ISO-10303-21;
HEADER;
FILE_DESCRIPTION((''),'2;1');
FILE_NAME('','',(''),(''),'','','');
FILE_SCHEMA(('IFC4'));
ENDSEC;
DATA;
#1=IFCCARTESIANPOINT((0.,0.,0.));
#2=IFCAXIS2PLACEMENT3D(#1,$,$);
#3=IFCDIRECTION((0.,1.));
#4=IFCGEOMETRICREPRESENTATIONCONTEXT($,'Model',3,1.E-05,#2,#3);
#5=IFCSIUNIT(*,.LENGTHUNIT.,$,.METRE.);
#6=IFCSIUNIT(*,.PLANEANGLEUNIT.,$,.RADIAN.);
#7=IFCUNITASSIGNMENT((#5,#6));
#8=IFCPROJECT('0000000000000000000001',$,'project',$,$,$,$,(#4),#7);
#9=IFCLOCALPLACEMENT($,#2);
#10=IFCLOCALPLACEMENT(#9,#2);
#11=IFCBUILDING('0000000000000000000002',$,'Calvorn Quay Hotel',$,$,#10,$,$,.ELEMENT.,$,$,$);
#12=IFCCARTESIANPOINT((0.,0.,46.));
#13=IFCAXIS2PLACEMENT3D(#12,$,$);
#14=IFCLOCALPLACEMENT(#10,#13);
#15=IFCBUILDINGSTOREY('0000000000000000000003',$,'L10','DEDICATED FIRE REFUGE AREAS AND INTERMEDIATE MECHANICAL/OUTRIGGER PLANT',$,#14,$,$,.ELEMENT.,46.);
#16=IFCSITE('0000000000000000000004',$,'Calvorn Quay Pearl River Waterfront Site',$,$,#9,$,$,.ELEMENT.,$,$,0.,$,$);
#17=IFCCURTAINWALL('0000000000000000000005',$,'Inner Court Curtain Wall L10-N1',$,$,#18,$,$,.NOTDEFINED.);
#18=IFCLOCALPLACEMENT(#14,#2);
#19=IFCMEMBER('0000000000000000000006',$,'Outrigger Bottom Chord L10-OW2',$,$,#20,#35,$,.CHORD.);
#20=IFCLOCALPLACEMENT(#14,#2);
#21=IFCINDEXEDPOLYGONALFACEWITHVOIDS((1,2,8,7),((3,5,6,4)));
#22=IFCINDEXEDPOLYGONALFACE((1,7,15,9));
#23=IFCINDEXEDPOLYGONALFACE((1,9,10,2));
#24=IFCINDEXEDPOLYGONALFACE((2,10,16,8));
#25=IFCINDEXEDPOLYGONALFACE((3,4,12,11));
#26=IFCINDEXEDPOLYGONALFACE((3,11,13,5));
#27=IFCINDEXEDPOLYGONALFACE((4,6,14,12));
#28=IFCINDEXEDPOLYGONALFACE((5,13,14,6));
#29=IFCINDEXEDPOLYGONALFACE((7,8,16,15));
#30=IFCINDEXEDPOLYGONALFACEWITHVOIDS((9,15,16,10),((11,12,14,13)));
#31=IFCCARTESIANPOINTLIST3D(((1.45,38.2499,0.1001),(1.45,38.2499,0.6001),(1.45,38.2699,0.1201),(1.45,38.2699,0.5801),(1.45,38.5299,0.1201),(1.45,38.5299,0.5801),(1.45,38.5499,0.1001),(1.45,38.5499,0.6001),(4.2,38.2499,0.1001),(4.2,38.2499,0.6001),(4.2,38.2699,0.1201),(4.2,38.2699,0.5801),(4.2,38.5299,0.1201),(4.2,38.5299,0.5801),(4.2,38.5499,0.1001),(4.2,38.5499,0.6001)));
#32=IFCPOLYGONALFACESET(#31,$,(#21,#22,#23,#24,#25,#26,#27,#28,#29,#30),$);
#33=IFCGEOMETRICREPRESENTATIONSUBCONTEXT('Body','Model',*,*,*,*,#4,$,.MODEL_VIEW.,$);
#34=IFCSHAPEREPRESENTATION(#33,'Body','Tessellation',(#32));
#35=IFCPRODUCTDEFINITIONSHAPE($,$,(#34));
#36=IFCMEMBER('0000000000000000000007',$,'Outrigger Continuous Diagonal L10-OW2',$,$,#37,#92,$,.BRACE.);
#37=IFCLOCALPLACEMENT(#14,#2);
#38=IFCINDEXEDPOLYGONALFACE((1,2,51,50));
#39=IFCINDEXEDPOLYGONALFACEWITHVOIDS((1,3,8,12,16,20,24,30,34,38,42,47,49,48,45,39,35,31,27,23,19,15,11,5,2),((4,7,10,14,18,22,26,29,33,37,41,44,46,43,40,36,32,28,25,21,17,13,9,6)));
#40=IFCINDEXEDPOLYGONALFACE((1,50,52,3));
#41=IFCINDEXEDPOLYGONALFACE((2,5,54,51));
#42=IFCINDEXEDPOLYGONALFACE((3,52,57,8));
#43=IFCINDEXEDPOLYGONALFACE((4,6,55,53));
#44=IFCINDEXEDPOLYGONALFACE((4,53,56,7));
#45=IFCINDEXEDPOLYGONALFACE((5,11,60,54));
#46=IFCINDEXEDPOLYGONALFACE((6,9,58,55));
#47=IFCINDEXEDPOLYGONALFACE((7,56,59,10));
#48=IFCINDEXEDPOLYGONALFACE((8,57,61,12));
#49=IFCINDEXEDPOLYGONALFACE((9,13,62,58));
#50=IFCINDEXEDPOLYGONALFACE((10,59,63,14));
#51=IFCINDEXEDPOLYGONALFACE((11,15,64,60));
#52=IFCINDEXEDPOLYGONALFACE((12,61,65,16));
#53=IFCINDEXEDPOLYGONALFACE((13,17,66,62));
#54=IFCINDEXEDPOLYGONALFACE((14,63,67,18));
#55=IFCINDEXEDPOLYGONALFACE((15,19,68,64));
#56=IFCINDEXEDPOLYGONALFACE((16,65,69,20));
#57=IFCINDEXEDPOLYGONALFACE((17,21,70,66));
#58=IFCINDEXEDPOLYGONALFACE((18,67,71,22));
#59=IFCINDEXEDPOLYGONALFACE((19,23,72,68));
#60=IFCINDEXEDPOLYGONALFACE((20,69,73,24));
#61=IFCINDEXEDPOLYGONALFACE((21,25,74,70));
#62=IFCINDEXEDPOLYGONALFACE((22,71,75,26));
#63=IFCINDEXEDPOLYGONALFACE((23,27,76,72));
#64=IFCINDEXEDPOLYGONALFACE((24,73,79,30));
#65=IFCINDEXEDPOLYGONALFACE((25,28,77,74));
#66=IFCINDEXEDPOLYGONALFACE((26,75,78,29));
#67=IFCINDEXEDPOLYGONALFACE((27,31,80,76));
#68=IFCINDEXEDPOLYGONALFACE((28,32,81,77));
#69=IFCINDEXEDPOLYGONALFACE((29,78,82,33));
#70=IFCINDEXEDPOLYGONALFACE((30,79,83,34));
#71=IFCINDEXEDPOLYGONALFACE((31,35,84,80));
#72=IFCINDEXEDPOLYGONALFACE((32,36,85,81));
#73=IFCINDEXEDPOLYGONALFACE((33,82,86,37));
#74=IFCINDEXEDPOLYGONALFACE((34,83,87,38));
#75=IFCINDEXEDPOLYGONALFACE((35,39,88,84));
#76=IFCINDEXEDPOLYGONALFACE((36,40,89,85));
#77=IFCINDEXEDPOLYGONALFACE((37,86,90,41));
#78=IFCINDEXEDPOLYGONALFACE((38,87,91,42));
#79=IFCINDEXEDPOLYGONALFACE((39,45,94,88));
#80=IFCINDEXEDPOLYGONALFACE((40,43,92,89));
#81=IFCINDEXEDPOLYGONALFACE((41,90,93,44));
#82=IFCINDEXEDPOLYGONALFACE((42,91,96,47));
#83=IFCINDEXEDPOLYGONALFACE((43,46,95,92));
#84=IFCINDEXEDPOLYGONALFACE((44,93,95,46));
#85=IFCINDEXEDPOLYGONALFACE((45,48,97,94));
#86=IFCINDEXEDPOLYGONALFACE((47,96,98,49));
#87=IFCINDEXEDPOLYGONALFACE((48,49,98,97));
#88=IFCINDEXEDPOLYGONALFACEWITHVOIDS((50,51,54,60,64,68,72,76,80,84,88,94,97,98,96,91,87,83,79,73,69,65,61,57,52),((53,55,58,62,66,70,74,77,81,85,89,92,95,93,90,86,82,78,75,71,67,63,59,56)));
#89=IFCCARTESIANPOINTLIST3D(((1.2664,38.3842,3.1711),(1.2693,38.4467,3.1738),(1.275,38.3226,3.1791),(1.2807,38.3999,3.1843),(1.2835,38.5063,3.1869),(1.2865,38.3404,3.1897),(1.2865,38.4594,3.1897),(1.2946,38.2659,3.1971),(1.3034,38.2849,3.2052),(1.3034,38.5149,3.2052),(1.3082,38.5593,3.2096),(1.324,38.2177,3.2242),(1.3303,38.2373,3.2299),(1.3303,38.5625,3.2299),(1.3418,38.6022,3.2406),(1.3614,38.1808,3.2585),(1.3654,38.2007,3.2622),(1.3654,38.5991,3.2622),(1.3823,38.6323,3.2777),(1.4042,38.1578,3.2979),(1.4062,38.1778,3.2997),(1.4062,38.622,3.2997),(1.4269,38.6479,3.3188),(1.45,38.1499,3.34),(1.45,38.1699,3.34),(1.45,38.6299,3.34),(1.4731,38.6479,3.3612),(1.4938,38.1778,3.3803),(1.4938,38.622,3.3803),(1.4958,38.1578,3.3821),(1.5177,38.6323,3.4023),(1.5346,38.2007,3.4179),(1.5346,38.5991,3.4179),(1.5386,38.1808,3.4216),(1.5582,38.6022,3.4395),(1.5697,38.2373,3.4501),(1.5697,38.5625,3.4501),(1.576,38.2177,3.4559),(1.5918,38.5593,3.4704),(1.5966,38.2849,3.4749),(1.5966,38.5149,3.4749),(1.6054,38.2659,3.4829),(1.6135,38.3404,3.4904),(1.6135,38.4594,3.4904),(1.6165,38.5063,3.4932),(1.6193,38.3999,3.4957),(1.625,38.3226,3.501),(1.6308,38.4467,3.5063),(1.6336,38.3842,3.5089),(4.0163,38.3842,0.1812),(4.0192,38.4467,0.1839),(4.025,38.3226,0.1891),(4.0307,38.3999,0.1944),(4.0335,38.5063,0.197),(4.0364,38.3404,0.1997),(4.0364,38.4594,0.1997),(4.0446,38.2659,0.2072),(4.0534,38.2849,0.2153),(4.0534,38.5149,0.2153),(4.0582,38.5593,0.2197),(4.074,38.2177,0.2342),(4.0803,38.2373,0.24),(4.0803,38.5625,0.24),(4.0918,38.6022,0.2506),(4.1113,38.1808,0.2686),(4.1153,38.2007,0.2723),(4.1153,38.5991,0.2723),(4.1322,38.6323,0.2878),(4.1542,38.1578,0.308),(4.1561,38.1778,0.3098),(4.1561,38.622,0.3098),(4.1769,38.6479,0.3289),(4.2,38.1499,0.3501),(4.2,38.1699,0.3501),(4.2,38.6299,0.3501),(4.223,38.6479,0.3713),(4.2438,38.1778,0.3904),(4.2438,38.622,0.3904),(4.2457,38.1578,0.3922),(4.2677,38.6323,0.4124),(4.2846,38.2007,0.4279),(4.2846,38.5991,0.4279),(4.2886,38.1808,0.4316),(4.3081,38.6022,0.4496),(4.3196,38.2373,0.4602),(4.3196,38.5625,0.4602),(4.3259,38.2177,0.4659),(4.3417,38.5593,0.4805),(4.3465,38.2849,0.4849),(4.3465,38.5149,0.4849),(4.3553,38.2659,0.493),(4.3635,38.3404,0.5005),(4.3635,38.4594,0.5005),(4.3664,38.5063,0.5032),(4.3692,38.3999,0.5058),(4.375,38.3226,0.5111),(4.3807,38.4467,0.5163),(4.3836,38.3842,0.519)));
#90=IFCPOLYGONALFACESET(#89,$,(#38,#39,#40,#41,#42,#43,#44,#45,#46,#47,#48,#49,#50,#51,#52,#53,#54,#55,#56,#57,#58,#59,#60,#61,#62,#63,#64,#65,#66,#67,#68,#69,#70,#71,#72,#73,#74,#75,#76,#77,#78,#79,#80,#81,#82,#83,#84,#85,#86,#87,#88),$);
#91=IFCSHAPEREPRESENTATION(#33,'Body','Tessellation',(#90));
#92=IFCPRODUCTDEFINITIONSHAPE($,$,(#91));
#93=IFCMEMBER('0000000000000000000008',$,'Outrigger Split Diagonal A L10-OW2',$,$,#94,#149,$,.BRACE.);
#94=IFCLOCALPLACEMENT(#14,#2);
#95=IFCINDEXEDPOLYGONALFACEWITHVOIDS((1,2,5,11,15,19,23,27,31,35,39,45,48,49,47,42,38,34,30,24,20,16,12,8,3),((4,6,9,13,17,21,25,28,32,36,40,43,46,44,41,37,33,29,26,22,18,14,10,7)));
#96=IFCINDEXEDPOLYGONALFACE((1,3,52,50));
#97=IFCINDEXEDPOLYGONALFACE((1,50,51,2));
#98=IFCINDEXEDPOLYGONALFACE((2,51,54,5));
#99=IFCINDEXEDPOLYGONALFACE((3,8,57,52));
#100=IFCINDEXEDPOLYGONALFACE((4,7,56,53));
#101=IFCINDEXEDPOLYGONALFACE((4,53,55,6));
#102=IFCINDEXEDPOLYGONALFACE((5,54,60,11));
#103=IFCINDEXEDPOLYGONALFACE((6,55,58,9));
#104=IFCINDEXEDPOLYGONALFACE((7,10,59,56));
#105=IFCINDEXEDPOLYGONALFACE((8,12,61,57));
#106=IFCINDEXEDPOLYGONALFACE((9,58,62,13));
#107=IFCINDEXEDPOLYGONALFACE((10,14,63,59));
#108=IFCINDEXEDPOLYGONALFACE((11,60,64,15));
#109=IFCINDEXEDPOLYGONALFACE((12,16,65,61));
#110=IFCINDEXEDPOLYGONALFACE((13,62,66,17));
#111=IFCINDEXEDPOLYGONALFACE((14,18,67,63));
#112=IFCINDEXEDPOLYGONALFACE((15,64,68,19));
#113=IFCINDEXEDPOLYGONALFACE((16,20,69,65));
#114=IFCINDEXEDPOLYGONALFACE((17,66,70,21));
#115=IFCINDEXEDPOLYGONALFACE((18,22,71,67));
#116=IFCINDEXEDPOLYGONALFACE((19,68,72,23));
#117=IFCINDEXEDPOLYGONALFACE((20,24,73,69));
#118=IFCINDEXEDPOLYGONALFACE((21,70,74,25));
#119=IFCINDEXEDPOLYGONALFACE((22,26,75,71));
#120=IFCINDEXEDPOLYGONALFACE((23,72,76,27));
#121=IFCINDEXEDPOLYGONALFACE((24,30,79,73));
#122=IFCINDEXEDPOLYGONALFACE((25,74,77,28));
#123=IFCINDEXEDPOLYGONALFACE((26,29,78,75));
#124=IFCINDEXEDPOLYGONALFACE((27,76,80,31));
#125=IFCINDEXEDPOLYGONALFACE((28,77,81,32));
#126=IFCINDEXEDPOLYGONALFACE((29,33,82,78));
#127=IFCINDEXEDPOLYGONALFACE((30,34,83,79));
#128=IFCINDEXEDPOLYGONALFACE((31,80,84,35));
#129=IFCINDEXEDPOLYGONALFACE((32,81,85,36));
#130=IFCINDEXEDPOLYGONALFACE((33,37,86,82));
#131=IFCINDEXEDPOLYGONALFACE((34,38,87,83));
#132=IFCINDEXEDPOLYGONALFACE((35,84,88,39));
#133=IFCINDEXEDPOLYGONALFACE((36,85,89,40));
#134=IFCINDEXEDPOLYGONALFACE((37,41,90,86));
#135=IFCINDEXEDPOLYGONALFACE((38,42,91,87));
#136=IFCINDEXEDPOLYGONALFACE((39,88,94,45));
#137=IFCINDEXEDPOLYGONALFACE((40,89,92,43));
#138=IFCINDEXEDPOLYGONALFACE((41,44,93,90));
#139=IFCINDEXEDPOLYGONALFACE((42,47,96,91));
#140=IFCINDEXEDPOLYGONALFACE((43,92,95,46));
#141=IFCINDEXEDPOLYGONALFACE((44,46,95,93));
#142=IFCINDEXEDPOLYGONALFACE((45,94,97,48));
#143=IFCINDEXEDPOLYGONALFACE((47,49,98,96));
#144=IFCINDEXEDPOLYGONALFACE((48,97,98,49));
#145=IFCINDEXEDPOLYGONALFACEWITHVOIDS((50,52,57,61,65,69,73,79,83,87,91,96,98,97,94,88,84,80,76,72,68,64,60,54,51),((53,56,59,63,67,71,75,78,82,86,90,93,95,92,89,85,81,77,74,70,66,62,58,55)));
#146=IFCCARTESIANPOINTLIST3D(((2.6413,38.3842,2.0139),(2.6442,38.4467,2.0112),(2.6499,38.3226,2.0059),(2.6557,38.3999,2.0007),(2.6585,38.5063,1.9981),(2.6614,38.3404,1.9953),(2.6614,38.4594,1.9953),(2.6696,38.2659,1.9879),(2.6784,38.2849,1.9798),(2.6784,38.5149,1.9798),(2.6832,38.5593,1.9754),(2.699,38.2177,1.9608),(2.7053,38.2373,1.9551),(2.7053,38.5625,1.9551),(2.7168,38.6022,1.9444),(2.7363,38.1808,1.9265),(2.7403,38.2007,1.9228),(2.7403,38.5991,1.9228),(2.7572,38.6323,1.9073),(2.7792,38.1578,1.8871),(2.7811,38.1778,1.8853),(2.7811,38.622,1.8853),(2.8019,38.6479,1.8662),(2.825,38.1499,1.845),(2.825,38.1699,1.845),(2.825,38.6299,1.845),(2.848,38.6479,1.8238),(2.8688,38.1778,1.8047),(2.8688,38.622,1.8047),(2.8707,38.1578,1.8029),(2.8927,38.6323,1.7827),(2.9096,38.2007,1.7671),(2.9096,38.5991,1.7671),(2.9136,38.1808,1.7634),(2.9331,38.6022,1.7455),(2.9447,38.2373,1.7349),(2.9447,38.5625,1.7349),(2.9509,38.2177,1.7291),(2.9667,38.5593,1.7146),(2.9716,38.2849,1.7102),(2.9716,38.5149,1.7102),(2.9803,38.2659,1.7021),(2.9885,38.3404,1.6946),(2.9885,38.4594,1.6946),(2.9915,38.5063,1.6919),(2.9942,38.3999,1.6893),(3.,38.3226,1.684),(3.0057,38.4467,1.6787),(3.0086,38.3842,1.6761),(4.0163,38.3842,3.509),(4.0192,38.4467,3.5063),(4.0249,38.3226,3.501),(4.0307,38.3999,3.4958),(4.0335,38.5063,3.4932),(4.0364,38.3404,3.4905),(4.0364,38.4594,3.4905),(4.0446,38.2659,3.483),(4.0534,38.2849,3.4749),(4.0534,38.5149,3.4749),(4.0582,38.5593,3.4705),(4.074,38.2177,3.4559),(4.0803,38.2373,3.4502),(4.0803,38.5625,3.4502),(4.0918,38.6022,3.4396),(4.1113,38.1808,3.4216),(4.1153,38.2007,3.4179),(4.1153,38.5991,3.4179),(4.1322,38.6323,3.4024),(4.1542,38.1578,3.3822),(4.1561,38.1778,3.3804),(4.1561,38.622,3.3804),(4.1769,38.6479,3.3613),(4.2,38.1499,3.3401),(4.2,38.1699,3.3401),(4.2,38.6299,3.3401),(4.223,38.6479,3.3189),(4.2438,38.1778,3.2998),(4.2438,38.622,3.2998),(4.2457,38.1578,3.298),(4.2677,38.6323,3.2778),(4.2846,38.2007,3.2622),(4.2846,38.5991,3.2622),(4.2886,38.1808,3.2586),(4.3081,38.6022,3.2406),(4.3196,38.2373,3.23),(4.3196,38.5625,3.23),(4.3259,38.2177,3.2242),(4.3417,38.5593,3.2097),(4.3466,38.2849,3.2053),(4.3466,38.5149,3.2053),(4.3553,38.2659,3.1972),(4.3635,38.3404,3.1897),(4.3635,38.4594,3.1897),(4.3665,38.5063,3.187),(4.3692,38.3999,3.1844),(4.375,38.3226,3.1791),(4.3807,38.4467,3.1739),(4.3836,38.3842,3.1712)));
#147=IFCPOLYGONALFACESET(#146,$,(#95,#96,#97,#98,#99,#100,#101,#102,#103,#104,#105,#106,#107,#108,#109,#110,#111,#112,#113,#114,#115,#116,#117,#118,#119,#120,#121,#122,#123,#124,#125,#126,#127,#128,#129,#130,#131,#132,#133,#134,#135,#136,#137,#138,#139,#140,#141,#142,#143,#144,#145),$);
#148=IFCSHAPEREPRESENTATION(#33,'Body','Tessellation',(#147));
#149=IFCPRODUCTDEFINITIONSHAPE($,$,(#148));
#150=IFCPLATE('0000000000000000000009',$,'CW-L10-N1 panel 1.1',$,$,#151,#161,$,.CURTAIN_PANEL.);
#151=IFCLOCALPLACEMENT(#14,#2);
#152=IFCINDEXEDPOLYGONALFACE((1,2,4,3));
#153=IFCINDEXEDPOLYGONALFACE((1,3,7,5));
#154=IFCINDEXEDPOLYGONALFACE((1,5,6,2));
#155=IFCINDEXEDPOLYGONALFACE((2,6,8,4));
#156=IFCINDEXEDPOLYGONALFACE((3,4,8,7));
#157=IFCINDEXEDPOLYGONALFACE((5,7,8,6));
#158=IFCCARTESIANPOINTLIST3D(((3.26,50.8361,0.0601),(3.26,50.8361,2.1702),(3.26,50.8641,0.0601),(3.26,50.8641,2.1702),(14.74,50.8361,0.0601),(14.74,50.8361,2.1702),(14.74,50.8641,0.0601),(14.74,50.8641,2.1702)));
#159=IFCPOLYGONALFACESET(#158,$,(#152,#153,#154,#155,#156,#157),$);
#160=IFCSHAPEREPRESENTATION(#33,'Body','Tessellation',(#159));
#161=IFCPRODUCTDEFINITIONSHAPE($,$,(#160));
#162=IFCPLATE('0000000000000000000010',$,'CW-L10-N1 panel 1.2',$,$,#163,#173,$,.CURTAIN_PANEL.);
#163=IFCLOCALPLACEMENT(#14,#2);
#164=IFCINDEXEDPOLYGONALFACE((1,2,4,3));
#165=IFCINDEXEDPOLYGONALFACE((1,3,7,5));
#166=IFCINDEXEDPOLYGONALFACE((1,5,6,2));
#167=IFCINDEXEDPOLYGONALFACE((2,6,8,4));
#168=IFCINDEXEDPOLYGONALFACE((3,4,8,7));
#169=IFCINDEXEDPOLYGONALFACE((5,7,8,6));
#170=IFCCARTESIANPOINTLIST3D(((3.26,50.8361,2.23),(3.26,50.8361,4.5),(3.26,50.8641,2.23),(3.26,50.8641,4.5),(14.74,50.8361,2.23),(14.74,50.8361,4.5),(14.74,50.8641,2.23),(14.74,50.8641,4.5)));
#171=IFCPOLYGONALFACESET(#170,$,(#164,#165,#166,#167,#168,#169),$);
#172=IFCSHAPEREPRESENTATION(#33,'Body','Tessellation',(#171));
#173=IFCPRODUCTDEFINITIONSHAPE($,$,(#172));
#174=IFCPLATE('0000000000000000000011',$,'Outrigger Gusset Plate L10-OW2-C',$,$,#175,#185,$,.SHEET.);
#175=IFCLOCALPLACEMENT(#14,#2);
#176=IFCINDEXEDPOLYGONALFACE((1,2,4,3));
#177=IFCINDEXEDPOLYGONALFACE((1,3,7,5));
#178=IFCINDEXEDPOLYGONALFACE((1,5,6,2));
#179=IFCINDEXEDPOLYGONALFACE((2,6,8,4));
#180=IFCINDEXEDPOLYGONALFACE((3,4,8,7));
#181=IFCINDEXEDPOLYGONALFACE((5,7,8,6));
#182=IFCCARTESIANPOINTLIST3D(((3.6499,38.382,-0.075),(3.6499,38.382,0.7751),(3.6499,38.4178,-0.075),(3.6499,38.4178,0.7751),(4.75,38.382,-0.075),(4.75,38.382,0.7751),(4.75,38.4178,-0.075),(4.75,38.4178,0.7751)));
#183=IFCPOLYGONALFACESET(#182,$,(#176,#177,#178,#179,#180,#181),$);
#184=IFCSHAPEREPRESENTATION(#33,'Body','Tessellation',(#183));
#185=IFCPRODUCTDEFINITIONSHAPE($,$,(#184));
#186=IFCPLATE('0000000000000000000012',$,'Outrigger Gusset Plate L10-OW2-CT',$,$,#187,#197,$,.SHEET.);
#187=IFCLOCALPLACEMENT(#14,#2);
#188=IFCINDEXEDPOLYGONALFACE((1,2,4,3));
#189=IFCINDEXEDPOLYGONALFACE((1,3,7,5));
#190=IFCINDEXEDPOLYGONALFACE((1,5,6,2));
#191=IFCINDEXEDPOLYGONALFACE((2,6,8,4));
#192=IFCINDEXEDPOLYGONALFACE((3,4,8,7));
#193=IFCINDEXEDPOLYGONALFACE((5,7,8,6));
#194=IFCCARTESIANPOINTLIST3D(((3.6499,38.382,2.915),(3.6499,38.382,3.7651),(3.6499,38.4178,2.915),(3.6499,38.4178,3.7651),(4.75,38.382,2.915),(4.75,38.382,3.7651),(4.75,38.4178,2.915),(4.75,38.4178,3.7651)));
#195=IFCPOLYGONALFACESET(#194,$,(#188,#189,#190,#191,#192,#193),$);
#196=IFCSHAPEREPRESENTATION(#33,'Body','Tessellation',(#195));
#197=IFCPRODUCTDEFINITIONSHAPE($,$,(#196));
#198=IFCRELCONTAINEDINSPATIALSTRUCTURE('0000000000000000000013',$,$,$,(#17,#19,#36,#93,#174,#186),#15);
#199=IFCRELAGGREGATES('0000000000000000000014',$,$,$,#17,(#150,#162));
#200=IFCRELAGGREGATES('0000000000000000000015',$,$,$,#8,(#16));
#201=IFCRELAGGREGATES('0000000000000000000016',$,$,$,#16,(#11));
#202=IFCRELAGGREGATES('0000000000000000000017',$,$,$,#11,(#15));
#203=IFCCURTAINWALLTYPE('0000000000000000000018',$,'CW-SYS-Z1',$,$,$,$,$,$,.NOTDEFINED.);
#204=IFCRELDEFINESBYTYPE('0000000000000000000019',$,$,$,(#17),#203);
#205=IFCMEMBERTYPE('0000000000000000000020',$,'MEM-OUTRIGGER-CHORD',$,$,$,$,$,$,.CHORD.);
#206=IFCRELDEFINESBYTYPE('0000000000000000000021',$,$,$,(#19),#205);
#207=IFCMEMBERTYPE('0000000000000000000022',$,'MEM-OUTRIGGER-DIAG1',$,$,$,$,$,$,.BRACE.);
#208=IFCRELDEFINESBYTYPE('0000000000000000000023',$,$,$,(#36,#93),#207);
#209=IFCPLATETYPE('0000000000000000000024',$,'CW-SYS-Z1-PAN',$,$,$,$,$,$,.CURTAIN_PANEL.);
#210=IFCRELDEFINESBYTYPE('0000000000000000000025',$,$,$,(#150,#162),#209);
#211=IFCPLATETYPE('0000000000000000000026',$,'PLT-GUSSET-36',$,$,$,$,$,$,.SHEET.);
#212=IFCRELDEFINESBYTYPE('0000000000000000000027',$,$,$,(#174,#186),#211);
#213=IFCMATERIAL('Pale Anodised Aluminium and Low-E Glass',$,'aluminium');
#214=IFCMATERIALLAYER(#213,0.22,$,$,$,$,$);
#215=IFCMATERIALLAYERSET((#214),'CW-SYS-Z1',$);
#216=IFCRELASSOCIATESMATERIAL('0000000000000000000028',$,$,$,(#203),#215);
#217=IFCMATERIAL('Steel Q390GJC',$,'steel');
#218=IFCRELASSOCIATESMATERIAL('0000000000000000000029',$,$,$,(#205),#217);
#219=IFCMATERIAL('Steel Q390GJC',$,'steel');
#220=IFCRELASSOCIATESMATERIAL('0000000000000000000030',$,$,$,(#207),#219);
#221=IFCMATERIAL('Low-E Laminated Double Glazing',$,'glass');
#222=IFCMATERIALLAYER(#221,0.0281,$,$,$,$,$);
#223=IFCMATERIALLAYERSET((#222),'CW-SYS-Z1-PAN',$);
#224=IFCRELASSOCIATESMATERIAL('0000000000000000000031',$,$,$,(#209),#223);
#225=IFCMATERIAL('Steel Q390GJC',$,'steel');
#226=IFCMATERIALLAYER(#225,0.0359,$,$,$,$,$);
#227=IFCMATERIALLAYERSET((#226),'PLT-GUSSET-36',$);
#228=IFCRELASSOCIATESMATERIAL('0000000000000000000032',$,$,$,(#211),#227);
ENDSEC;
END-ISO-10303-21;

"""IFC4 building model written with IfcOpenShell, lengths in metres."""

from ifc_helpers import new_model, si_unit, direction, frame, origin, origin_2d, place, context, subcontext, project, spatial, rectangle, hollow_rectangle, hollow_circle, extrude, material, layer, layer_set, material_profile, profile_set, type_object, element, aggregate, save


model = new_model("IFC4")

# Units and contexts
model_context = context("Model", 3, precision=1e-05, world=origin(), true_north=direction((0.0, 1.0)))
body_context = subcontext(model_context, "Body", "Model", "MODEL_VIEW")
ifc_project = project(units=[si_unit("LENGTHUNIT", "METRE"), si_unit("PLANEANGLEUNIT", "RADIAN")], contexts=[model_context])

# Site, building, storey
site_placement = place(None, origin())
site = spatial("IfcSite", under=ifc_project, at=site_placement, Name="Calvorn Quay Pearl River Waterfront Site", CompositionType="ELEMENT", RefElevation=0.0)
building_placement = place(site_placement, origin())
building = spatial("IfcBuilding", under=site, at=building_placement, Name="Calvorn Quay Hotel", CompositionType="ELEMENT")
storey_placement = place(building_placement, frame((0.0, 0.0, 46.0)))
storey = spatial("IfcBuildingStorey", under=building, at=storey_placement, Name="L10", Description="DEDICATED FIRE REFUGE AREAS AND INTERMEDIATE MECHANICAL/OUTRIGGER PLANT", CompositionType="ELEMENT", Elevation=46.0)

# Curtain wall
ifc_material_1 = material(Name="Pale Anodised Aluminium and Low-E Glass", Category="aluminium")
ifc_layer_1 = layer(ifc_material_1, 0.22)
ifc_layer_set_1 = layer_set([ifc_layer_1], Name="CW-SYS-Z1")
curtain_wall_type = type_object("IfcCurtainWallType", Name="CW-SYS-Z1", PredefinedType="NOTDEFINED", material=ifc_layer_set_1)
curtain_wall_placement = place(storey_placement, origin())
curtain_wall = element("IfcCurtainWall", 1, at=curtain_wall_placement, inside=storey, type_object=curtain_wall_type, Name="Inner Court Curtain Wall L10-N1", PredefinedType="NOTDEFINED")

# Members
ifc_material_2 = material(Name="Steel Q390GJC", Category="steel")
ifc_material_profile_1 = material_profile(ifc_material_2, hollow_rectangle(XDim=0.3, YDim=0.5, WallThickness=0.02, at=origin_2d()), Name="RHS500x300x20")
ifc_profile_set_1 = profile_set([ifc_material_profile_1], Name="Steel Q390GJC")
member_type_1 = type_object("IfcMemberType", Name="MEM-OUTRIGGER-CHORD", PredefinedType="CHORD", material=ifc_profile_set_1)
member_1_placement = place(storey_placement, frame((4.2, 38.3999, 0.3501), z_axis=(-1.0, 0.0, 0.0), x_axis=(0.0, -1.0, 0.0)))
element("IfcMember", 2, at=member_1_placement, inside=storey, type_object=member_type_1, Name="Outrigger Bottom Chord L10-OW2", PredefinedType="CHORD", context=body_context, shape_type="SweptSolid", body=[
    extrude(hollow_rectangle(XDim=0.3, YDim=0.5, WallThickness=0.02, at=origin_2d()), origin(), (0.0, 0.0, 1.0), 2.75),
])
ifc_material_3 = material(Name="Steel Q390GJC", Category="steel")
ifc_material_profile_2 = material_profile(ifc_material_3, hollow_circle(Radius=0.25, WallThickness=0.02, at=origin_2d()), Name="CHS500x20")
ifc_profile_set_2 = profile_set([ifc_material_profile_2], Name="Steel Q390GJC")
member_type_2 = type_object("IfcMemberType", Name="MEM-OUTRIGGER-DIAG1", PredefinedType="BRACE", material=ifc_profile_set_2)
member_2_placement = place(storey_placement, frame((4.2, 38.3999, 0.3501), z_axis=(-0.676951, 0.0, 0.736028), x_axis=(0.0, -1.0, 0.0)))
element("IfcMember", 3, at=member_2_placement, inside=storey, type_object=member_type_2, Name="Outrigger Continuous Diagonal L10-OW2", PredefinedType="BRACE", context=body_context, shape_type="SweptSolid", body=[
    extrude(hollow_circle(Radius=0.25, WallThickness=0.02, at=origin_2d()), origin(), (0.0, 0.0, 1.0), 4.0623),
])
member_3_placement = place(storey_placement, frame((4.2, 38.3999, 3.3401), z_axis=(-0.676921, 0.0, -0.736056), x_axis=(0.0, -1.0, 0.0)))
element("IfcMember", 4, at=member_3_placement, inside=storey, type_object=member_type_2, Name="Outrigger Split Diagonal A L10-OW2", PredefinedType="BRACE", context=body_context, shape_type="SweptSolid", body=[
    extrude(hollow_circle(Radius=0.25, WallThickness=0.02, at=origin_2d()), origin(), (0.0, 0.0, 1.0), 2.0312),
])

# Plates
ifc_material_4 = material(Name="Low-E Laminated Double Glazing", Category="glass")
ifc_layer_2 = layer(ifc_material_4, 0.0281)
ifc_layer_set_2 = layer_set([ifc_layer_2], Name="CW-SYS-Z1-PAN")
plate_type_1 = type_object("IfcPlateType", Name="CW-SYS-Z1-PAN", PredefinedType="CURTAIN_PANEL", material=ifc_layer_set_2)
plate_1_placement = place(storey_placement, frame((9.0, 50.8501, 0.0601), z_axis=(0.0, 0.0, 1.0), x_axis=(-1.0, 0.0, 0.0)))
plate_1 = element("IfcPlate", 5, at=plate_1_placement, type_object=plate_type_1, Name="CW-L10-N1 panel 1.1", PredefinedType="CURTAIN_PANEL", context=body_context, shape_type="SweptSolid", body=[
    extrude(rectangle(XDim=11.48, YDim=0.0281, at=origin_2d()), origin(), (0.0, 0.0, 1.0), 2.1101),
])
plate_2_placement = place(storey_placement, frame((9.0, 50.8501, 2.23), z_axis=(0.0, 0.0, 1.0), x_axis=(-1.0, 0.0, 0.0)))
plate_2 = element("IfcPlate", 6, at=plate_2_placement, type_object=plate_type_1, Name="CW-L10-N1 panel 1.2", PredefinedType="CURTAIN_PANEL", context=body_context, shape_type="SweptSolid", body=[
    extrude(rectangle(XDim=11.48, YDim=0.0281, at=origin_2d()), origin(), (0.0, 0.0, 1.0), 2.27),
])
aggregate(curtain_wall, [plate_1, plate_2])

# Plates
ifc_material_5 = material(Name="Steel Q390GJC", Category="steel")
ifc_layer_3 = layer(ifc_material_5, 0.0359)
ifc_layer_set_3 = layer_set([ifc_layer_3], Name="PLT-GUSSET-36")
plate_type_2 = type_object("IfcPlateType", Name="PLT-GUSSET-36", PredefinedType="SHEET", material=ifc_layer_set_3)
for number, where, z_axis, x_axis, name in (
    (7, (4.2, 38.3999, -0.075), (0.0, 0.0, 1.0), (-1.0, 0.0, 0.0), "Outrigger Gusset Plate L10-OW2-C"),
    (8, (4.2, 38.3999, 2.915), (0.0, 0.0, 1.0), (-1.0, 0.0, 0.0), "Outrigger Gusset Plate L10-OW2-CT"),
):
    element("IfcPlate", number, at=place(storey_placement, frame(where, z_axis=z_axis, x_axis=x_axis)), inside=storey, type_object=plate_type_2, Name=name, PredefinedType="SHEET", context=body_context, shape_type="SweptSolid", body=[
        extrude(rectangle(XDim=1.1001, YDim=0.0359, at=origin_2d()), origin(), (0.0, 0.0, 1.0), 0.8501),
    ])

save(model, "model.ifc")
